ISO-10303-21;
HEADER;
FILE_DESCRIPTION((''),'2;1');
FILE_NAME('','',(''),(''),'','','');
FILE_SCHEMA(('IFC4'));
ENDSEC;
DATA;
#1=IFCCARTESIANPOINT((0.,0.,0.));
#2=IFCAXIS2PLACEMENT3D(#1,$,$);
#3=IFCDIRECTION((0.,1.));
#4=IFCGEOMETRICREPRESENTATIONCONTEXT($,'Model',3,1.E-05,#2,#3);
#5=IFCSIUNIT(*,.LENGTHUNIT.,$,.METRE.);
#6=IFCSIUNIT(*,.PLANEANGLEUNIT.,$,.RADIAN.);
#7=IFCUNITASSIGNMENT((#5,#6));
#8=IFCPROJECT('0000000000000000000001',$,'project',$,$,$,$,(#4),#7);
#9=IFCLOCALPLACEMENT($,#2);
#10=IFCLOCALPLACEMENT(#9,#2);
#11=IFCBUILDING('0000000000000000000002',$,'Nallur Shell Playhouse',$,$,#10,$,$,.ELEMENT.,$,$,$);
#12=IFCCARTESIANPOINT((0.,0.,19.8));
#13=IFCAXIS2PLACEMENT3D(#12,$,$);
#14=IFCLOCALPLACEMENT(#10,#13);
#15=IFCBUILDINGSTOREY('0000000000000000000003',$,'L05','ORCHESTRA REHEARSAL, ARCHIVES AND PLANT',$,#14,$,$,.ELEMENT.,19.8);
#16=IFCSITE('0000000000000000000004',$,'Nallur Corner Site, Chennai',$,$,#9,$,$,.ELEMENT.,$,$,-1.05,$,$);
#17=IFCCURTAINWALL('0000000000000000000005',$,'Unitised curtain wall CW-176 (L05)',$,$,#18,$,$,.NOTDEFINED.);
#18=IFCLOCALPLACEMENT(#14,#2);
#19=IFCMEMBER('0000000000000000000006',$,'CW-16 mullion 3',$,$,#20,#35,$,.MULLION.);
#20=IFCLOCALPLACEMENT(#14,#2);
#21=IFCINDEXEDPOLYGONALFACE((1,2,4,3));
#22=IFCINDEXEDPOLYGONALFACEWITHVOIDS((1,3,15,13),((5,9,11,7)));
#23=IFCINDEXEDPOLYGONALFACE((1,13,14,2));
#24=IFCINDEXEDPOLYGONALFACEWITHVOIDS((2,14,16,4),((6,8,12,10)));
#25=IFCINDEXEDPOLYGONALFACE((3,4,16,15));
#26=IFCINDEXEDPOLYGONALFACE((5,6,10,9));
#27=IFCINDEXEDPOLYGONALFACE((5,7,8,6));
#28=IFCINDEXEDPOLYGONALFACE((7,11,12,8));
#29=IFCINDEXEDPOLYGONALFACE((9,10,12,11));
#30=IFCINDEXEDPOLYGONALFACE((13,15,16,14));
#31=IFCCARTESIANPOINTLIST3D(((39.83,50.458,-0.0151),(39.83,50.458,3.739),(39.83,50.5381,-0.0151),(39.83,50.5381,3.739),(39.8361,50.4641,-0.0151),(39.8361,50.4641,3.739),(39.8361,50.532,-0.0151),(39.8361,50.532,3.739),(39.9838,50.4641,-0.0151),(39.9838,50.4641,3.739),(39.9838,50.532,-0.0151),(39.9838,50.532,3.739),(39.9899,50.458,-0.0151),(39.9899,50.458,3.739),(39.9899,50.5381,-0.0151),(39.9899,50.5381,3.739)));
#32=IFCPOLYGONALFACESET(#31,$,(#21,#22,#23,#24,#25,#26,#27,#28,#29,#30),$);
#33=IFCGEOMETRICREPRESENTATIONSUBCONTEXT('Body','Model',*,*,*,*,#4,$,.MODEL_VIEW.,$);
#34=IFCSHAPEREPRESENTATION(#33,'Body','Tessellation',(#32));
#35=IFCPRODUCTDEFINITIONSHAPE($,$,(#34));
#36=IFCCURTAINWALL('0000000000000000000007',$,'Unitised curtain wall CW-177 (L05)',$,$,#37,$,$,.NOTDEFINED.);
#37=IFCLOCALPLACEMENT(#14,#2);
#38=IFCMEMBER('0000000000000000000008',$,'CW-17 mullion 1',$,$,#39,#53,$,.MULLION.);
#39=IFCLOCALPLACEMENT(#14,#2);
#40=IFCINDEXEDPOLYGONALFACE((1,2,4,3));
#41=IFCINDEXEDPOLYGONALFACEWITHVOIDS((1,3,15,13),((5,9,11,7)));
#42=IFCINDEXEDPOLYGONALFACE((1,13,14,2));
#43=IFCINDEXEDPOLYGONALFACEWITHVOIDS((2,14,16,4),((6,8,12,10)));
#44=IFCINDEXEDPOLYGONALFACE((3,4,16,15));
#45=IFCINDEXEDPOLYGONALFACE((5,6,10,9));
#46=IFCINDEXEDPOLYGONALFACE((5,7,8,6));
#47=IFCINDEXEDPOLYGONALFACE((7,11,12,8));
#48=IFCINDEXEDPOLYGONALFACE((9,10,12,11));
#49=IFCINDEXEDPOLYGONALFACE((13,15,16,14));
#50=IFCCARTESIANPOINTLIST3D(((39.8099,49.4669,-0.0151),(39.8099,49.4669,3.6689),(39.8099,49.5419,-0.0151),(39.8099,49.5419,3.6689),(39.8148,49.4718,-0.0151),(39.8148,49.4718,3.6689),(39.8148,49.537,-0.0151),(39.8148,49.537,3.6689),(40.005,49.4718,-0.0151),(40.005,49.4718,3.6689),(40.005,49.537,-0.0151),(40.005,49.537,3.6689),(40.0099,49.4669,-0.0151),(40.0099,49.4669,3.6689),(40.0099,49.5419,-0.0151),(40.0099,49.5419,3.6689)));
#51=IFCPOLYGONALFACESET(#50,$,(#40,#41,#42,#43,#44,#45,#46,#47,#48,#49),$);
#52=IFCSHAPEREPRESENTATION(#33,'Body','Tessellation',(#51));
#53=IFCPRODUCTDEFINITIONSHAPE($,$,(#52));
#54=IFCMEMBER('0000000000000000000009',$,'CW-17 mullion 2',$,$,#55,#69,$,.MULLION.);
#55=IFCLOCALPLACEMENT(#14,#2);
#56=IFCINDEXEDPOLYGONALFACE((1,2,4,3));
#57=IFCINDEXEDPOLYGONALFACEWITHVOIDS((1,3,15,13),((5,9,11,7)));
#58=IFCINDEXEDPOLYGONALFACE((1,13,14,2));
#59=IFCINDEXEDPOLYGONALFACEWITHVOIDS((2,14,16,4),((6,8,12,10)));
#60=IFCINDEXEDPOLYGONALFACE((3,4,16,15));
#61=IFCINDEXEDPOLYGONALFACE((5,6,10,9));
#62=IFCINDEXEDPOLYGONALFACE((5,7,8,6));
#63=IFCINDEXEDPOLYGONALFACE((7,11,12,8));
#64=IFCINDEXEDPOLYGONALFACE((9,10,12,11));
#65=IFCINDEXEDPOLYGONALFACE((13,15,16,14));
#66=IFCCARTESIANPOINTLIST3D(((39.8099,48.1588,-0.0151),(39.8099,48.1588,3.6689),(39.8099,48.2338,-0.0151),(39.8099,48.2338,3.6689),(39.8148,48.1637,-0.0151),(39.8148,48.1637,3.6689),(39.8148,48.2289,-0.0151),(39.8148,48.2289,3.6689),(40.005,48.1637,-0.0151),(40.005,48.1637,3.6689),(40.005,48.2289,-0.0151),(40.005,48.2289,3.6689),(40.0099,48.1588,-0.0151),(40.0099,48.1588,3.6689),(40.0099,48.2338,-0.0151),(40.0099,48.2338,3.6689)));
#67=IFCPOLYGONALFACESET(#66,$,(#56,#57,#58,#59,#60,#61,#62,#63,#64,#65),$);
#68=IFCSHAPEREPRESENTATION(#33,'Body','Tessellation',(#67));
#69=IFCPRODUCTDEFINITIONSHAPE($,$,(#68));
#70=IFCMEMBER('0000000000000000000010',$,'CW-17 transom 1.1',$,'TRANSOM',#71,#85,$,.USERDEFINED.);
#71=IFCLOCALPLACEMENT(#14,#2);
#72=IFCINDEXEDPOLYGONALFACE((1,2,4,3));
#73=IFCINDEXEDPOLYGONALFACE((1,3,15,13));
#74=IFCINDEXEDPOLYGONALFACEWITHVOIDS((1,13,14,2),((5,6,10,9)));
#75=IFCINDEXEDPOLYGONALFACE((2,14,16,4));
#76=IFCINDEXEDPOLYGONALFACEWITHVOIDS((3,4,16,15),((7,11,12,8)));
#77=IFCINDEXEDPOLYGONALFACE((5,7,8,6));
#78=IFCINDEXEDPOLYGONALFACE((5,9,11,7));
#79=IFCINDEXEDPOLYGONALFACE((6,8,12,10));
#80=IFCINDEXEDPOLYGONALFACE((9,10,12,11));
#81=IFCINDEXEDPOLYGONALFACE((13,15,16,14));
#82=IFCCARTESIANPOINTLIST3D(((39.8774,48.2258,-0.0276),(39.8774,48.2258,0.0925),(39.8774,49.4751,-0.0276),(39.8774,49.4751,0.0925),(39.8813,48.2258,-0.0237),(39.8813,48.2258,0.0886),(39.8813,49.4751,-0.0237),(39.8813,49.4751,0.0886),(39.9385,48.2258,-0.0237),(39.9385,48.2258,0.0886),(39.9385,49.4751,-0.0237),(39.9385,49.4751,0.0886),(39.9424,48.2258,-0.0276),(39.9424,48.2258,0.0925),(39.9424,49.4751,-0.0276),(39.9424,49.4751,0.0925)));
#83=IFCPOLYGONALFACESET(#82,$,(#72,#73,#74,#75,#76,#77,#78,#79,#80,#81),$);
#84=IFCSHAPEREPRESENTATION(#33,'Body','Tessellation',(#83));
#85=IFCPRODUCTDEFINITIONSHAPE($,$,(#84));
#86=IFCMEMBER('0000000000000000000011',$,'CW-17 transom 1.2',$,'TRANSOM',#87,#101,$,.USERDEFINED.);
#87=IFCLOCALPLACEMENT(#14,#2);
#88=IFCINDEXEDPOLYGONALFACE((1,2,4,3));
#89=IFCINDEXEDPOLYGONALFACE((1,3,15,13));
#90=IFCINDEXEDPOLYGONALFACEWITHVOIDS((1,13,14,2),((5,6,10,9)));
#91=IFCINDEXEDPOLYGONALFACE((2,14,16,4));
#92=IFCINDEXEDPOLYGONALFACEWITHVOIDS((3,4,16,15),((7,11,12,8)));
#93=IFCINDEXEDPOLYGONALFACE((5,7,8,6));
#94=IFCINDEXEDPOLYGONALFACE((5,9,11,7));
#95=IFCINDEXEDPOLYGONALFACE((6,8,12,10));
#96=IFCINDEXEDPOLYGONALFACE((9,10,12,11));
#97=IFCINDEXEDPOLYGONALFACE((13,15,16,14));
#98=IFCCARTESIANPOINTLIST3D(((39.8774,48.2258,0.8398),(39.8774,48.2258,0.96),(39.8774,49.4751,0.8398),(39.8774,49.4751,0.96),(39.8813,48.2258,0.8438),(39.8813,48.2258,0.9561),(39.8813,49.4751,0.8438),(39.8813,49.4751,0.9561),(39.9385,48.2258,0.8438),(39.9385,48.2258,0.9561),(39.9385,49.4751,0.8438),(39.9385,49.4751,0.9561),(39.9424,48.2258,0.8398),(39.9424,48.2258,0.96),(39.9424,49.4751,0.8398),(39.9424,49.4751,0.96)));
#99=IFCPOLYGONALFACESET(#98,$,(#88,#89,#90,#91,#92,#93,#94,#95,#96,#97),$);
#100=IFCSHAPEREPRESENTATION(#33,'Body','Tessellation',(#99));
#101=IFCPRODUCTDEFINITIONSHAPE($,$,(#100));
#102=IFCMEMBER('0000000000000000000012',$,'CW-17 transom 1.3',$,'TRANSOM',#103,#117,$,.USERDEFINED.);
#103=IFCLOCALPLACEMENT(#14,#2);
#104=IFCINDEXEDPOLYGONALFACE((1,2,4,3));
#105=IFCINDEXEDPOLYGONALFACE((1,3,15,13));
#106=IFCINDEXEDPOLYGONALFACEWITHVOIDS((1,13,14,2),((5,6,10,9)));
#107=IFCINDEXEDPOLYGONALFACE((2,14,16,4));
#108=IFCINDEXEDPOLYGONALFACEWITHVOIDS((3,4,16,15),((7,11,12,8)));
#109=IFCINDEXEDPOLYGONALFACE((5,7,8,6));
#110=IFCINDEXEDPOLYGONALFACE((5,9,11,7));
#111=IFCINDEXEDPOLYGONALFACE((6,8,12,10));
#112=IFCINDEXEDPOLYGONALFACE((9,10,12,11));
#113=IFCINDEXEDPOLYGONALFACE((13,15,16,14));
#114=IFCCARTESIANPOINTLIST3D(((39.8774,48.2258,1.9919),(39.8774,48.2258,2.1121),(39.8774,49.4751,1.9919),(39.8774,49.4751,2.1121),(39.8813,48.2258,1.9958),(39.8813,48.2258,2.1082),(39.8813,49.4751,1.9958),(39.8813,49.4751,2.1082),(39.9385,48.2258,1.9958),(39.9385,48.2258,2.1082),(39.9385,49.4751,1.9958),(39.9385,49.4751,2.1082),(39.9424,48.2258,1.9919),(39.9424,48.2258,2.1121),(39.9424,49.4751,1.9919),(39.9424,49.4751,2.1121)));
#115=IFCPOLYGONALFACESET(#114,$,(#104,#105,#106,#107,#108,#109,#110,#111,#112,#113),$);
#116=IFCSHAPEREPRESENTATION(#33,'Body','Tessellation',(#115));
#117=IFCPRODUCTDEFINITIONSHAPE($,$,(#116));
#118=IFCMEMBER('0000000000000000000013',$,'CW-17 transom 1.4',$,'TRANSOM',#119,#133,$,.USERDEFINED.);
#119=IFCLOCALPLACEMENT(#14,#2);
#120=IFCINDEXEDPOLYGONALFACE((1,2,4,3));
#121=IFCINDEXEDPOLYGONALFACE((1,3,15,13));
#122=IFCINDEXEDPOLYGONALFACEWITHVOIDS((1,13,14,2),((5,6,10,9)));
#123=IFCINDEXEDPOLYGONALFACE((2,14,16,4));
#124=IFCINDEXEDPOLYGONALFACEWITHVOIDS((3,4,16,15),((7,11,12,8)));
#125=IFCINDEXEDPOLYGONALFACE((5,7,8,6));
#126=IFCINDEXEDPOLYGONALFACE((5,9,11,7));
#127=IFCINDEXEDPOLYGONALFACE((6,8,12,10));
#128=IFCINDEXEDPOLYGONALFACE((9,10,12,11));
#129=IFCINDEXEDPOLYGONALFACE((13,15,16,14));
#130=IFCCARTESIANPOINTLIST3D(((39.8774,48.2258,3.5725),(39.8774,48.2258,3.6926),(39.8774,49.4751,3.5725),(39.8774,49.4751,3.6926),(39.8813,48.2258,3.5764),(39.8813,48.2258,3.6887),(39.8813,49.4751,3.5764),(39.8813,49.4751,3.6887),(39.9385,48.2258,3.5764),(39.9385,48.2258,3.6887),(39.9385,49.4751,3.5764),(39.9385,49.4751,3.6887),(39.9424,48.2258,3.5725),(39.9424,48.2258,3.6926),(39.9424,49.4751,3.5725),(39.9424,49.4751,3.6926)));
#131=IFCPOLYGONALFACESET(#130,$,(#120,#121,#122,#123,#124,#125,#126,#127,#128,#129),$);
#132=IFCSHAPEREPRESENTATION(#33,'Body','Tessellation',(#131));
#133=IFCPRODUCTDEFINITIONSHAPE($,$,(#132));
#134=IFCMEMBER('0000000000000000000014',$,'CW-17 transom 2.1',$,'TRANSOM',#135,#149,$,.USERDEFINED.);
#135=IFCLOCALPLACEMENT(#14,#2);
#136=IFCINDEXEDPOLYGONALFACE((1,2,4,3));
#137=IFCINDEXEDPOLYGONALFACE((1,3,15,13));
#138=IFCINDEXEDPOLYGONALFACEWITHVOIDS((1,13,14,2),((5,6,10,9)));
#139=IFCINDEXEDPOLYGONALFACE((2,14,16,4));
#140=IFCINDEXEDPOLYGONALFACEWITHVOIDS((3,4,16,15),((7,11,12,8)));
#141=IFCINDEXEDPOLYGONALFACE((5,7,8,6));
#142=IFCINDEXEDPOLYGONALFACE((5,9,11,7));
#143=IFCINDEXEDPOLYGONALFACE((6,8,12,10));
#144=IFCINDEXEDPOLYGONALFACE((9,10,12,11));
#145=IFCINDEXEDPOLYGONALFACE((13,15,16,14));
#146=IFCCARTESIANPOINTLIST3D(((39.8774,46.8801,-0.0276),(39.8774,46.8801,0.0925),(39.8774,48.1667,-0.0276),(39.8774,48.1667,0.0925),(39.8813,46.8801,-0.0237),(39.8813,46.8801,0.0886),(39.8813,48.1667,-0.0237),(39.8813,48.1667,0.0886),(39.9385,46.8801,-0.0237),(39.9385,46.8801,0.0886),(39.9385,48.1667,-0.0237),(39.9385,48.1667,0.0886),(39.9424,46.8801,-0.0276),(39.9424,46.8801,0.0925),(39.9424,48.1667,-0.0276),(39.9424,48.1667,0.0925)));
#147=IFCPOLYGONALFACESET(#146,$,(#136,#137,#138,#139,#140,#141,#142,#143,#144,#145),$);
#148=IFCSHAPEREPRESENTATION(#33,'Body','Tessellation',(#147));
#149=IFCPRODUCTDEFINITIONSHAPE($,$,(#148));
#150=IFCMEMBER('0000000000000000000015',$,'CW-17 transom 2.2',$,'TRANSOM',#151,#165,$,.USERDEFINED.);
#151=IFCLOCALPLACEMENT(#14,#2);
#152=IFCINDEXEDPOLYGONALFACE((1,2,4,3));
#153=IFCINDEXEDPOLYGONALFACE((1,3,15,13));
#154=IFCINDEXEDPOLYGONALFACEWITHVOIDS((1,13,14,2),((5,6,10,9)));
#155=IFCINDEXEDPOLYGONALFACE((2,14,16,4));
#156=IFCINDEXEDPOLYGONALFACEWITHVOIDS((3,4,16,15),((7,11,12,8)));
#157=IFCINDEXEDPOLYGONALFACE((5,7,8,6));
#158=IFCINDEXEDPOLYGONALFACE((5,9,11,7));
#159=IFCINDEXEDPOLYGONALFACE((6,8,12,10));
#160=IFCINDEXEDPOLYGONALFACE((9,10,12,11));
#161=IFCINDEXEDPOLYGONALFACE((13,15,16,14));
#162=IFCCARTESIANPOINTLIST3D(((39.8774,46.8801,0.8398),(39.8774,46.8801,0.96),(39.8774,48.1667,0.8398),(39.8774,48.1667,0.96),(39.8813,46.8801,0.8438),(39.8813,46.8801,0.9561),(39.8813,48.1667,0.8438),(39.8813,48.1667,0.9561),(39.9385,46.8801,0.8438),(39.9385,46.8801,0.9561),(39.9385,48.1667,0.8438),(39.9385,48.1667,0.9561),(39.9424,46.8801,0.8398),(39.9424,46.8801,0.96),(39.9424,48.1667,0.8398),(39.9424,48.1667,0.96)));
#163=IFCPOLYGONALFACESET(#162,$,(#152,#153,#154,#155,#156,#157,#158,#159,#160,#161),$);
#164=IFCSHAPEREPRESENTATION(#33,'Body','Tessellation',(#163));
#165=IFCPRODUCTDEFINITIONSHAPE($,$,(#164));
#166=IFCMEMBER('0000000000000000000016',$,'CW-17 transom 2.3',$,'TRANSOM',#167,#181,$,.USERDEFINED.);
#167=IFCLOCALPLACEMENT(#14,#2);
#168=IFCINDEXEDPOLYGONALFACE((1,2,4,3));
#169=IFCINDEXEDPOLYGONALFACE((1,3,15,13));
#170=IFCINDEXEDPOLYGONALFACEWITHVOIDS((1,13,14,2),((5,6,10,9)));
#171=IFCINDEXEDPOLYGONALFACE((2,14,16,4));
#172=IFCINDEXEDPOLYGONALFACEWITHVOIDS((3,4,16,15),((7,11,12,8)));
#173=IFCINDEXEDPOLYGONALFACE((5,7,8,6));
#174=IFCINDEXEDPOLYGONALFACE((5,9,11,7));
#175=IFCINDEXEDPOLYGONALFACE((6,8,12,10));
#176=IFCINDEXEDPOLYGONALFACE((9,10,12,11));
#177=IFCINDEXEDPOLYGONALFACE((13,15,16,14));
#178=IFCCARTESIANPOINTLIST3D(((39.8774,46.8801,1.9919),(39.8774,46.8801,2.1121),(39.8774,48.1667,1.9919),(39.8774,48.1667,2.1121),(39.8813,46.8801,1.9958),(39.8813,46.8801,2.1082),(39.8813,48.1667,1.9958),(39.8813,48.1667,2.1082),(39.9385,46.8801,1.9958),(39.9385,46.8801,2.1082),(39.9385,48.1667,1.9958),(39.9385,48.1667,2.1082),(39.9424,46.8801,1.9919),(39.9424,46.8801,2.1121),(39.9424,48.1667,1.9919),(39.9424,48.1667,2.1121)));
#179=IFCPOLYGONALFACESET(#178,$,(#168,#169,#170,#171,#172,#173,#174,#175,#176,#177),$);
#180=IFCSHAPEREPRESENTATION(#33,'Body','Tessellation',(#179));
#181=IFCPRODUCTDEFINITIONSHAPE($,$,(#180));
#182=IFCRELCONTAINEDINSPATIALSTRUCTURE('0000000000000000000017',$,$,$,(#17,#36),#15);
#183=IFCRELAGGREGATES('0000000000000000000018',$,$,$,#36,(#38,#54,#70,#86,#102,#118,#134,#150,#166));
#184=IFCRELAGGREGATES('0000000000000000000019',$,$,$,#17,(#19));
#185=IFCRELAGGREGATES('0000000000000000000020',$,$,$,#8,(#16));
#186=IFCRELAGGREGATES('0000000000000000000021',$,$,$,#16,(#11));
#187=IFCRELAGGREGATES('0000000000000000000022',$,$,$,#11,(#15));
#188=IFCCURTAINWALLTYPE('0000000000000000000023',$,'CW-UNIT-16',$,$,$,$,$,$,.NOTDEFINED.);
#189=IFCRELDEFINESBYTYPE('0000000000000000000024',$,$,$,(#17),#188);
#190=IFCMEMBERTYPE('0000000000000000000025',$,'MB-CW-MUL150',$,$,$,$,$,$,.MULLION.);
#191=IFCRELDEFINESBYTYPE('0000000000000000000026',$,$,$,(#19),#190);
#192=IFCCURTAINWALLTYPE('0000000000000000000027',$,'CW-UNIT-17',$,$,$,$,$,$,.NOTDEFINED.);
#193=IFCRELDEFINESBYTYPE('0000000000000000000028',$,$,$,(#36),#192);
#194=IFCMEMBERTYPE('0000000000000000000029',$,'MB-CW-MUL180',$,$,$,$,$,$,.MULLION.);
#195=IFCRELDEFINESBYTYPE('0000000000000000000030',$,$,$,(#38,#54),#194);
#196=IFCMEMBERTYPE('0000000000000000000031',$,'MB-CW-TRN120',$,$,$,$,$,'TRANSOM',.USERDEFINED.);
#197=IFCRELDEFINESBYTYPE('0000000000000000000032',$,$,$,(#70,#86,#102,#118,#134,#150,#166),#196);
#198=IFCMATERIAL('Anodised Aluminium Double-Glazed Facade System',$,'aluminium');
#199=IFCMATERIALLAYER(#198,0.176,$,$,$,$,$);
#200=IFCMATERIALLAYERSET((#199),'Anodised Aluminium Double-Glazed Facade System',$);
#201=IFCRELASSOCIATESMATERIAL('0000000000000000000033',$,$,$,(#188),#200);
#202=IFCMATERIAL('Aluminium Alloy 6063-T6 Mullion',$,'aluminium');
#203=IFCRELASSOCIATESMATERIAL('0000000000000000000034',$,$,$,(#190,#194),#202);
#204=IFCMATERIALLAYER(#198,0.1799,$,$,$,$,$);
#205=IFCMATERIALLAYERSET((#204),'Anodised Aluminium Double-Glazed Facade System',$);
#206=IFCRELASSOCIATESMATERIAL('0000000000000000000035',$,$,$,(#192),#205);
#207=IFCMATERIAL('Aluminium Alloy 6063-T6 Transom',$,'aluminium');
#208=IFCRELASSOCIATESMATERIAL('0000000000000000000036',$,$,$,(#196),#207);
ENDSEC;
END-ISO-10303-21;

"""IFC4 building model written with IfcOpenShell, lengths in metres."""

from ifc_helpers import new_model, si_unit, direction, frame, origin, origin_2d, place, context, subcontext, project, spatial, hollow_rectangle, extrude, material, layer, layer_set, material_profile, profile_set, type_object, element, aggregate, save


model = new_model("IFC4")

# Units and contexts
model_context = context("Model", 3, precision=1e-05, world=origin(), true_north=direction((0.0, 1.0)))
body_context = subcontext(model_context, "Body", "Model", "MODEL_VIEW")
ifc_project = project(units=[si_unit("LENGTHUNIT", "METRE"), si_unit("PLANEANGLEUNIT", "RADIAN")], contexts=[model_context])

# Site, building, storey
site_placement = place(None, origin())
site = spatial("IfcSite", under=ifc_project, at=site_placement, Name="Nallur Corner Site, Chennai", CompositionType="ELEMENT", RefElevation=-1.05)
building_placement = place(site_placement, origin())
building = spatial("IfcBuilding", under=site, at=building_placement, Name="Nallur Shell Playhouse", CompositionType="ELEMENT")
storey_placement = place(building_placement, frame((0.0, 0.0, 19.8)))
storey = spatial("IfcBuildingStorey", under=building, at=storey_placement, Name="L05", Description="ORCHESTRA REHEARSAL, ARCHIVES AND PLANT", CompositionType="ELEMENT", Elevation=19.8)

# Curtain wall, member
ifc_material_1 = material(Name="Anodised Aluminium Double-Glazed Facade System", Category="aluminium")
ifc_layer_1 = layer(ifc_material_1, 0.176)
ifc_layer_set_1 = layer_set([ifc_layer_1], Name="Anodised Aluminium Double-Glazed Facade System")
curtain_wall_type_1 = type_object("IfcCurtainWallType", Name="CW-UNIT-16", PredefinedType="NOTDEFINED", material=ifc_layer_set_1)
curtain_wall_1_placement = place(storey_placement, origin())
curtain_wall_1 = element("IfcCurtainWall", 1, at=curtain_wall_1_placement, inside=storey, type_object=curtain_wall_type_1, Name="Unitised curtain wall CW-176 (L05)", PredefinedType="NOTDEFINED")
ifc_material_2 = material(Name="Aluminium Alloy 6063-T6 Mullion", Category="aluminium")
ifc_material_profile_1 = material_profile(ifc_material_2, hollow_rectangle(XDim=0.0801, YDim=0.1599, WallThickness=0.0061, at=origin_2d()), Name="RHS 160x80x6")
ifc_profile_set_1 = profile_set([ifc_material_profile_1], Name="Aluminium Alloy 6063-T6 Mullion")
member_type_1 = type_object("IfcMemberType", Name="MB-CW-MUL150", PredefinedType="MULLION", material=ifc_profile_set_1)
member_1_placement = place(storey_placement, frame((39.9099, 50.498, -0.0151), z_axis=(0.0, 0.0, 1.0), x_axis=(0.0, -1.0, 0.0)))
member_1 = element("IfcMember", 2, at=member_1_placement, type_object=member_type_1, Name="CW-16 mullion 3", PredefinedType="MULLION", context=body_context, shape_type="SweptSolid", body=[
    extrude(hollow_rectangle(XDim=0.0801, YDim=0.1599, WallThickness=0.0061, at=origin_2d()), origin(), (0.0, 0.0, 1.0), 3.7542),
])

# Curtain wall, members
ifc_layer_2 = layer(ifc_material_1, 0.1799)
ifc_layer_set_2 = layer_set([ifc_layer_2], Name="Anodised Aluminium Double-Glazed Facade System")
curtain_wall_type_2 = type_object("IfcCurtainWallType", Name="CW-UNIT-17", PredefinedType="NOTDEFINED", material=ifc_layer_set_2)
curtain_wall_2_placement = place(storey_placement, origin())
curtain_wall_2 = element("IfcCurtainWall", 3, at=curtain_wall_2_placement, inside=storey, type_object=curtain_wall_type_2, Name="Unitised curtain wall CW-177 (L05)", PredefinedType="NOTDEFINED")
ifc_material_profile_2 = material_profile(ifc_material_2, hollow_rectangle(XDim=0.075, YDim=0.2, WallThickness=0.0049, at=origin_2d()), Name="ALU 75x200x5")
ifc_profile_set_2 = profile_set([ifc_material_profile_2], Name="Aluminium Alloy 6063-T6 Mullion")
member_type_2 = type_object("IfcMemberType", Name="MB-CW-MUL180", PredefinedType="MULLION", material=ifc_profile_set_2)
member_2_placement = place(storey_placement, frame((39.9099, 49.5044, -0.0151), z_axis=(0.0, 0.0, 1.0), x_axis=(0.0, -1.0, 0.0)))
member_2 = element("IfcMember", 4, at=member_2_placement, type_object=member_type_2, Name="CW-17 mullion 1", PredefinedType="MULLION", context=body_context, shape_type="SweptSolid", body=[
    extrude(hollow_rectangle(XDim=0.075, YDim=0.2, WallThickness=0.0049, at=origin_2d()), origin(), (0.0, 0.0, 1.0), 3.6841),
])
member_3_placement = place(storey_placement, frame((39.9099, 48.1963, -0.0151), z_axis=(0.0, 0.0, 1.0), x_axis=(0.0, -1.0, 0.0)))
member_3 = element("IfcMember", 5, at=member_3_placement, type_object=member_type_2, Name="CW-17 mullion 2", PredefinedType="MULLION", context=body_context, shape_type="SweptSolid", body=[
    extrude(hollow_rectangle(XDim=0.075, YDim=0.2, WallThickness=0.0049, at=origin_2d()), origin(), (0.0, 0.0, 1.0), 3.6841),
])
ifc_material_3 = material(Name="Aluminium Alloy 6063-T6 Transom", Category="aluminium")
ifc_material_profile_3 = material_profile(ifc_material_3, hollow_rectangle(XDim=0.0649, YDim=0.1201, WallThickness=0.0039, at=origin_2d()), Name="ALU 65x120x4")
ifc_profile_set_3 = profile_set([ifc_material_profile_3], Name="Aluminium Alloy 6063-T6 Transom")
member_type_3 = type_object("IfcMemberType", Name="MB-CW-TRN120", ElementType="TRANSOM", PredefinedType="USERDEFINED", material=ifc_profile_set_3)
member_4_placement = place(storey_placement, frame((39.9099, 49.4751, 0.0325), z_axis=(0.0, -1.0, 0.0), x_axis=(1.0, 0.0, 0.0)))
member_4 = element("IfcMember", 6, at=member_4_placement, type_object=member_type_3, Name="CW-17 transom 1.1", ObjectType="TRANSOM", PredefinedType="USERDEFINED", context=body_context, shape_type="SweptSolid", body=[
    extrude(hollow_rectangle(XDim=0.0649, YDim=0.1201, WallThickness=0.0039, at=origin_2d()), origin(), (0.0, 0.0, 1.0), 1.2493),
])
member_5_placement = place(storey_placement, frame((39.9099, 49.4751, 0.8999), z_axis=(0.0, -1.0, 0.0), x_axis=(1.0, 0.0, 0.0)))
member_5 = element("IfcMember", 7, at=member_5_placement, type_object=member_type_3, Name="CW-17 transom 1.2", ObjectType="TRANSOM", PredefinedType="USERDEFINED", context=body_context, shape_type="SweptSolid", body=[
    extrude(hollow_rectangle(XDim=0.0649, YDim=0.1201, WallThickness=0.0039, at=origin_2d()), origin(), (0.0, 0.0, 1.0), 1.2493),
])
member_6_placement = place(storey_placement, frame((39.9099, 49.4751, 2.052), z_axis=(0.0, -1.0, 0.0), x_axis=(1.0, 0.0, 0.0)))
member_6 = element("IfcMember", 8, at=member_6_placement, type_object=member_type_3, Name="CW-17 transom 1.3", ObjectType="TRANSOM", PredefinedType="USERDEFINED", context=body_context, shape_type="SweptSolid", body=[
    extrude(hollow_rectangle(XDim=0.0649, YDim=0.1201, WallThickness=0.0039, at=origin_2d()), origin(), (0.0, 0.0, 1.0), 1.2493),
])
member_7_placement = place(storey_placement, frame((39.9099, 49.4751, 3.6326), z_axis=(0.0, -1.0, 0.0), x_axis=(1.0, 0.0, 0.0)))
member_7 = element("IfcMember", 9, at=member_7_placement, type_object=member_type_3, Name="CW-17 transom 1.4", ObjectType="TRANSOM", PredefinedType="USERDEFINED", context=body_context, shape_type="SweptSolid", body=[
    extrude(hollow_rectangle(XDim=0.0649, YDim=0.1201, WallThickness=0.0039, at=origin_2d()), origin(), (0.0, 0.0, 1.0), 1.2493),
])
member_8_placement = place(storey_placement, frame((39.9099, 48.1667, 0.0325), z_axis=(0.0, -1.0, 0.0), x_axis=(1.0, 0.0, 0.0)))
member_8 = element("IfcMember", 10, at=member_8_placement, type_object=member_type_3, Name="CW-17 transom 2.1", ObjectType="TRANSOM", PredefinedType="USERDEFINED", context=body_context, shape_type="SweptSolid", body=[
    extrude(hollow_rectangle(XDim=0.0649, YDim=0.1201, WallThickness=0.0039, at=origin_2d()), origin(), (0.0, 0.0, 1.0), 1.2866),
])
member_9_placement = place(storey_placement, frame((39.9099, 48.1667, 0.8999), z_axis=(0.0, -1.0, 0.0), x_axis=(1.0, 0.0, 0.0)))
member_9 = element("IfcMember", 11, at=member_9_placement, type_object=member_type_3, Name="CW-17 transom 2.2", ObjectType="TRANSOM", PredefinedType="USERDEFINED", context=body_context, shape_type="SweptSolid", body=[
    extrude(hollow_rectangle(XDim=0.0649, YDim=0.1201, WallThickness=0.0039, at=origin_2d()), origin(), (0.0, 0.0, 1.0), 1.2866),
])
member_10_placement = place(storey_placement, frame((39.9099, 48.1667, 2.052), z_axis=(0.0, -1.0, 0.0), x_axis=(1.0, 0.0, 0.0)))
member_10 = element("IfcMember", 12, at=member_10_placement, type_object=member_type_3, Name="CW-17 transom 2.3", ObjectType="TRANSOM", PredefinedType="USERDEFINED", context=body_context, shape_type="SweptSolid", body=[
    extrude(hollow_rectangle(XDim=0.0649, YDim=0.1201, WallThickness=0.0039, at=origin_2d()), origin(), (0.0, 0.0, 1.0), 1.2866),
])

aggregate(curtain_wall_2, [member_2, member_3, member_4, member_5, member_6, member_7, member_8, member_9, member_10])
aggregate(curtain_wall_1, [member_1])

save(model, "model.ifc")
